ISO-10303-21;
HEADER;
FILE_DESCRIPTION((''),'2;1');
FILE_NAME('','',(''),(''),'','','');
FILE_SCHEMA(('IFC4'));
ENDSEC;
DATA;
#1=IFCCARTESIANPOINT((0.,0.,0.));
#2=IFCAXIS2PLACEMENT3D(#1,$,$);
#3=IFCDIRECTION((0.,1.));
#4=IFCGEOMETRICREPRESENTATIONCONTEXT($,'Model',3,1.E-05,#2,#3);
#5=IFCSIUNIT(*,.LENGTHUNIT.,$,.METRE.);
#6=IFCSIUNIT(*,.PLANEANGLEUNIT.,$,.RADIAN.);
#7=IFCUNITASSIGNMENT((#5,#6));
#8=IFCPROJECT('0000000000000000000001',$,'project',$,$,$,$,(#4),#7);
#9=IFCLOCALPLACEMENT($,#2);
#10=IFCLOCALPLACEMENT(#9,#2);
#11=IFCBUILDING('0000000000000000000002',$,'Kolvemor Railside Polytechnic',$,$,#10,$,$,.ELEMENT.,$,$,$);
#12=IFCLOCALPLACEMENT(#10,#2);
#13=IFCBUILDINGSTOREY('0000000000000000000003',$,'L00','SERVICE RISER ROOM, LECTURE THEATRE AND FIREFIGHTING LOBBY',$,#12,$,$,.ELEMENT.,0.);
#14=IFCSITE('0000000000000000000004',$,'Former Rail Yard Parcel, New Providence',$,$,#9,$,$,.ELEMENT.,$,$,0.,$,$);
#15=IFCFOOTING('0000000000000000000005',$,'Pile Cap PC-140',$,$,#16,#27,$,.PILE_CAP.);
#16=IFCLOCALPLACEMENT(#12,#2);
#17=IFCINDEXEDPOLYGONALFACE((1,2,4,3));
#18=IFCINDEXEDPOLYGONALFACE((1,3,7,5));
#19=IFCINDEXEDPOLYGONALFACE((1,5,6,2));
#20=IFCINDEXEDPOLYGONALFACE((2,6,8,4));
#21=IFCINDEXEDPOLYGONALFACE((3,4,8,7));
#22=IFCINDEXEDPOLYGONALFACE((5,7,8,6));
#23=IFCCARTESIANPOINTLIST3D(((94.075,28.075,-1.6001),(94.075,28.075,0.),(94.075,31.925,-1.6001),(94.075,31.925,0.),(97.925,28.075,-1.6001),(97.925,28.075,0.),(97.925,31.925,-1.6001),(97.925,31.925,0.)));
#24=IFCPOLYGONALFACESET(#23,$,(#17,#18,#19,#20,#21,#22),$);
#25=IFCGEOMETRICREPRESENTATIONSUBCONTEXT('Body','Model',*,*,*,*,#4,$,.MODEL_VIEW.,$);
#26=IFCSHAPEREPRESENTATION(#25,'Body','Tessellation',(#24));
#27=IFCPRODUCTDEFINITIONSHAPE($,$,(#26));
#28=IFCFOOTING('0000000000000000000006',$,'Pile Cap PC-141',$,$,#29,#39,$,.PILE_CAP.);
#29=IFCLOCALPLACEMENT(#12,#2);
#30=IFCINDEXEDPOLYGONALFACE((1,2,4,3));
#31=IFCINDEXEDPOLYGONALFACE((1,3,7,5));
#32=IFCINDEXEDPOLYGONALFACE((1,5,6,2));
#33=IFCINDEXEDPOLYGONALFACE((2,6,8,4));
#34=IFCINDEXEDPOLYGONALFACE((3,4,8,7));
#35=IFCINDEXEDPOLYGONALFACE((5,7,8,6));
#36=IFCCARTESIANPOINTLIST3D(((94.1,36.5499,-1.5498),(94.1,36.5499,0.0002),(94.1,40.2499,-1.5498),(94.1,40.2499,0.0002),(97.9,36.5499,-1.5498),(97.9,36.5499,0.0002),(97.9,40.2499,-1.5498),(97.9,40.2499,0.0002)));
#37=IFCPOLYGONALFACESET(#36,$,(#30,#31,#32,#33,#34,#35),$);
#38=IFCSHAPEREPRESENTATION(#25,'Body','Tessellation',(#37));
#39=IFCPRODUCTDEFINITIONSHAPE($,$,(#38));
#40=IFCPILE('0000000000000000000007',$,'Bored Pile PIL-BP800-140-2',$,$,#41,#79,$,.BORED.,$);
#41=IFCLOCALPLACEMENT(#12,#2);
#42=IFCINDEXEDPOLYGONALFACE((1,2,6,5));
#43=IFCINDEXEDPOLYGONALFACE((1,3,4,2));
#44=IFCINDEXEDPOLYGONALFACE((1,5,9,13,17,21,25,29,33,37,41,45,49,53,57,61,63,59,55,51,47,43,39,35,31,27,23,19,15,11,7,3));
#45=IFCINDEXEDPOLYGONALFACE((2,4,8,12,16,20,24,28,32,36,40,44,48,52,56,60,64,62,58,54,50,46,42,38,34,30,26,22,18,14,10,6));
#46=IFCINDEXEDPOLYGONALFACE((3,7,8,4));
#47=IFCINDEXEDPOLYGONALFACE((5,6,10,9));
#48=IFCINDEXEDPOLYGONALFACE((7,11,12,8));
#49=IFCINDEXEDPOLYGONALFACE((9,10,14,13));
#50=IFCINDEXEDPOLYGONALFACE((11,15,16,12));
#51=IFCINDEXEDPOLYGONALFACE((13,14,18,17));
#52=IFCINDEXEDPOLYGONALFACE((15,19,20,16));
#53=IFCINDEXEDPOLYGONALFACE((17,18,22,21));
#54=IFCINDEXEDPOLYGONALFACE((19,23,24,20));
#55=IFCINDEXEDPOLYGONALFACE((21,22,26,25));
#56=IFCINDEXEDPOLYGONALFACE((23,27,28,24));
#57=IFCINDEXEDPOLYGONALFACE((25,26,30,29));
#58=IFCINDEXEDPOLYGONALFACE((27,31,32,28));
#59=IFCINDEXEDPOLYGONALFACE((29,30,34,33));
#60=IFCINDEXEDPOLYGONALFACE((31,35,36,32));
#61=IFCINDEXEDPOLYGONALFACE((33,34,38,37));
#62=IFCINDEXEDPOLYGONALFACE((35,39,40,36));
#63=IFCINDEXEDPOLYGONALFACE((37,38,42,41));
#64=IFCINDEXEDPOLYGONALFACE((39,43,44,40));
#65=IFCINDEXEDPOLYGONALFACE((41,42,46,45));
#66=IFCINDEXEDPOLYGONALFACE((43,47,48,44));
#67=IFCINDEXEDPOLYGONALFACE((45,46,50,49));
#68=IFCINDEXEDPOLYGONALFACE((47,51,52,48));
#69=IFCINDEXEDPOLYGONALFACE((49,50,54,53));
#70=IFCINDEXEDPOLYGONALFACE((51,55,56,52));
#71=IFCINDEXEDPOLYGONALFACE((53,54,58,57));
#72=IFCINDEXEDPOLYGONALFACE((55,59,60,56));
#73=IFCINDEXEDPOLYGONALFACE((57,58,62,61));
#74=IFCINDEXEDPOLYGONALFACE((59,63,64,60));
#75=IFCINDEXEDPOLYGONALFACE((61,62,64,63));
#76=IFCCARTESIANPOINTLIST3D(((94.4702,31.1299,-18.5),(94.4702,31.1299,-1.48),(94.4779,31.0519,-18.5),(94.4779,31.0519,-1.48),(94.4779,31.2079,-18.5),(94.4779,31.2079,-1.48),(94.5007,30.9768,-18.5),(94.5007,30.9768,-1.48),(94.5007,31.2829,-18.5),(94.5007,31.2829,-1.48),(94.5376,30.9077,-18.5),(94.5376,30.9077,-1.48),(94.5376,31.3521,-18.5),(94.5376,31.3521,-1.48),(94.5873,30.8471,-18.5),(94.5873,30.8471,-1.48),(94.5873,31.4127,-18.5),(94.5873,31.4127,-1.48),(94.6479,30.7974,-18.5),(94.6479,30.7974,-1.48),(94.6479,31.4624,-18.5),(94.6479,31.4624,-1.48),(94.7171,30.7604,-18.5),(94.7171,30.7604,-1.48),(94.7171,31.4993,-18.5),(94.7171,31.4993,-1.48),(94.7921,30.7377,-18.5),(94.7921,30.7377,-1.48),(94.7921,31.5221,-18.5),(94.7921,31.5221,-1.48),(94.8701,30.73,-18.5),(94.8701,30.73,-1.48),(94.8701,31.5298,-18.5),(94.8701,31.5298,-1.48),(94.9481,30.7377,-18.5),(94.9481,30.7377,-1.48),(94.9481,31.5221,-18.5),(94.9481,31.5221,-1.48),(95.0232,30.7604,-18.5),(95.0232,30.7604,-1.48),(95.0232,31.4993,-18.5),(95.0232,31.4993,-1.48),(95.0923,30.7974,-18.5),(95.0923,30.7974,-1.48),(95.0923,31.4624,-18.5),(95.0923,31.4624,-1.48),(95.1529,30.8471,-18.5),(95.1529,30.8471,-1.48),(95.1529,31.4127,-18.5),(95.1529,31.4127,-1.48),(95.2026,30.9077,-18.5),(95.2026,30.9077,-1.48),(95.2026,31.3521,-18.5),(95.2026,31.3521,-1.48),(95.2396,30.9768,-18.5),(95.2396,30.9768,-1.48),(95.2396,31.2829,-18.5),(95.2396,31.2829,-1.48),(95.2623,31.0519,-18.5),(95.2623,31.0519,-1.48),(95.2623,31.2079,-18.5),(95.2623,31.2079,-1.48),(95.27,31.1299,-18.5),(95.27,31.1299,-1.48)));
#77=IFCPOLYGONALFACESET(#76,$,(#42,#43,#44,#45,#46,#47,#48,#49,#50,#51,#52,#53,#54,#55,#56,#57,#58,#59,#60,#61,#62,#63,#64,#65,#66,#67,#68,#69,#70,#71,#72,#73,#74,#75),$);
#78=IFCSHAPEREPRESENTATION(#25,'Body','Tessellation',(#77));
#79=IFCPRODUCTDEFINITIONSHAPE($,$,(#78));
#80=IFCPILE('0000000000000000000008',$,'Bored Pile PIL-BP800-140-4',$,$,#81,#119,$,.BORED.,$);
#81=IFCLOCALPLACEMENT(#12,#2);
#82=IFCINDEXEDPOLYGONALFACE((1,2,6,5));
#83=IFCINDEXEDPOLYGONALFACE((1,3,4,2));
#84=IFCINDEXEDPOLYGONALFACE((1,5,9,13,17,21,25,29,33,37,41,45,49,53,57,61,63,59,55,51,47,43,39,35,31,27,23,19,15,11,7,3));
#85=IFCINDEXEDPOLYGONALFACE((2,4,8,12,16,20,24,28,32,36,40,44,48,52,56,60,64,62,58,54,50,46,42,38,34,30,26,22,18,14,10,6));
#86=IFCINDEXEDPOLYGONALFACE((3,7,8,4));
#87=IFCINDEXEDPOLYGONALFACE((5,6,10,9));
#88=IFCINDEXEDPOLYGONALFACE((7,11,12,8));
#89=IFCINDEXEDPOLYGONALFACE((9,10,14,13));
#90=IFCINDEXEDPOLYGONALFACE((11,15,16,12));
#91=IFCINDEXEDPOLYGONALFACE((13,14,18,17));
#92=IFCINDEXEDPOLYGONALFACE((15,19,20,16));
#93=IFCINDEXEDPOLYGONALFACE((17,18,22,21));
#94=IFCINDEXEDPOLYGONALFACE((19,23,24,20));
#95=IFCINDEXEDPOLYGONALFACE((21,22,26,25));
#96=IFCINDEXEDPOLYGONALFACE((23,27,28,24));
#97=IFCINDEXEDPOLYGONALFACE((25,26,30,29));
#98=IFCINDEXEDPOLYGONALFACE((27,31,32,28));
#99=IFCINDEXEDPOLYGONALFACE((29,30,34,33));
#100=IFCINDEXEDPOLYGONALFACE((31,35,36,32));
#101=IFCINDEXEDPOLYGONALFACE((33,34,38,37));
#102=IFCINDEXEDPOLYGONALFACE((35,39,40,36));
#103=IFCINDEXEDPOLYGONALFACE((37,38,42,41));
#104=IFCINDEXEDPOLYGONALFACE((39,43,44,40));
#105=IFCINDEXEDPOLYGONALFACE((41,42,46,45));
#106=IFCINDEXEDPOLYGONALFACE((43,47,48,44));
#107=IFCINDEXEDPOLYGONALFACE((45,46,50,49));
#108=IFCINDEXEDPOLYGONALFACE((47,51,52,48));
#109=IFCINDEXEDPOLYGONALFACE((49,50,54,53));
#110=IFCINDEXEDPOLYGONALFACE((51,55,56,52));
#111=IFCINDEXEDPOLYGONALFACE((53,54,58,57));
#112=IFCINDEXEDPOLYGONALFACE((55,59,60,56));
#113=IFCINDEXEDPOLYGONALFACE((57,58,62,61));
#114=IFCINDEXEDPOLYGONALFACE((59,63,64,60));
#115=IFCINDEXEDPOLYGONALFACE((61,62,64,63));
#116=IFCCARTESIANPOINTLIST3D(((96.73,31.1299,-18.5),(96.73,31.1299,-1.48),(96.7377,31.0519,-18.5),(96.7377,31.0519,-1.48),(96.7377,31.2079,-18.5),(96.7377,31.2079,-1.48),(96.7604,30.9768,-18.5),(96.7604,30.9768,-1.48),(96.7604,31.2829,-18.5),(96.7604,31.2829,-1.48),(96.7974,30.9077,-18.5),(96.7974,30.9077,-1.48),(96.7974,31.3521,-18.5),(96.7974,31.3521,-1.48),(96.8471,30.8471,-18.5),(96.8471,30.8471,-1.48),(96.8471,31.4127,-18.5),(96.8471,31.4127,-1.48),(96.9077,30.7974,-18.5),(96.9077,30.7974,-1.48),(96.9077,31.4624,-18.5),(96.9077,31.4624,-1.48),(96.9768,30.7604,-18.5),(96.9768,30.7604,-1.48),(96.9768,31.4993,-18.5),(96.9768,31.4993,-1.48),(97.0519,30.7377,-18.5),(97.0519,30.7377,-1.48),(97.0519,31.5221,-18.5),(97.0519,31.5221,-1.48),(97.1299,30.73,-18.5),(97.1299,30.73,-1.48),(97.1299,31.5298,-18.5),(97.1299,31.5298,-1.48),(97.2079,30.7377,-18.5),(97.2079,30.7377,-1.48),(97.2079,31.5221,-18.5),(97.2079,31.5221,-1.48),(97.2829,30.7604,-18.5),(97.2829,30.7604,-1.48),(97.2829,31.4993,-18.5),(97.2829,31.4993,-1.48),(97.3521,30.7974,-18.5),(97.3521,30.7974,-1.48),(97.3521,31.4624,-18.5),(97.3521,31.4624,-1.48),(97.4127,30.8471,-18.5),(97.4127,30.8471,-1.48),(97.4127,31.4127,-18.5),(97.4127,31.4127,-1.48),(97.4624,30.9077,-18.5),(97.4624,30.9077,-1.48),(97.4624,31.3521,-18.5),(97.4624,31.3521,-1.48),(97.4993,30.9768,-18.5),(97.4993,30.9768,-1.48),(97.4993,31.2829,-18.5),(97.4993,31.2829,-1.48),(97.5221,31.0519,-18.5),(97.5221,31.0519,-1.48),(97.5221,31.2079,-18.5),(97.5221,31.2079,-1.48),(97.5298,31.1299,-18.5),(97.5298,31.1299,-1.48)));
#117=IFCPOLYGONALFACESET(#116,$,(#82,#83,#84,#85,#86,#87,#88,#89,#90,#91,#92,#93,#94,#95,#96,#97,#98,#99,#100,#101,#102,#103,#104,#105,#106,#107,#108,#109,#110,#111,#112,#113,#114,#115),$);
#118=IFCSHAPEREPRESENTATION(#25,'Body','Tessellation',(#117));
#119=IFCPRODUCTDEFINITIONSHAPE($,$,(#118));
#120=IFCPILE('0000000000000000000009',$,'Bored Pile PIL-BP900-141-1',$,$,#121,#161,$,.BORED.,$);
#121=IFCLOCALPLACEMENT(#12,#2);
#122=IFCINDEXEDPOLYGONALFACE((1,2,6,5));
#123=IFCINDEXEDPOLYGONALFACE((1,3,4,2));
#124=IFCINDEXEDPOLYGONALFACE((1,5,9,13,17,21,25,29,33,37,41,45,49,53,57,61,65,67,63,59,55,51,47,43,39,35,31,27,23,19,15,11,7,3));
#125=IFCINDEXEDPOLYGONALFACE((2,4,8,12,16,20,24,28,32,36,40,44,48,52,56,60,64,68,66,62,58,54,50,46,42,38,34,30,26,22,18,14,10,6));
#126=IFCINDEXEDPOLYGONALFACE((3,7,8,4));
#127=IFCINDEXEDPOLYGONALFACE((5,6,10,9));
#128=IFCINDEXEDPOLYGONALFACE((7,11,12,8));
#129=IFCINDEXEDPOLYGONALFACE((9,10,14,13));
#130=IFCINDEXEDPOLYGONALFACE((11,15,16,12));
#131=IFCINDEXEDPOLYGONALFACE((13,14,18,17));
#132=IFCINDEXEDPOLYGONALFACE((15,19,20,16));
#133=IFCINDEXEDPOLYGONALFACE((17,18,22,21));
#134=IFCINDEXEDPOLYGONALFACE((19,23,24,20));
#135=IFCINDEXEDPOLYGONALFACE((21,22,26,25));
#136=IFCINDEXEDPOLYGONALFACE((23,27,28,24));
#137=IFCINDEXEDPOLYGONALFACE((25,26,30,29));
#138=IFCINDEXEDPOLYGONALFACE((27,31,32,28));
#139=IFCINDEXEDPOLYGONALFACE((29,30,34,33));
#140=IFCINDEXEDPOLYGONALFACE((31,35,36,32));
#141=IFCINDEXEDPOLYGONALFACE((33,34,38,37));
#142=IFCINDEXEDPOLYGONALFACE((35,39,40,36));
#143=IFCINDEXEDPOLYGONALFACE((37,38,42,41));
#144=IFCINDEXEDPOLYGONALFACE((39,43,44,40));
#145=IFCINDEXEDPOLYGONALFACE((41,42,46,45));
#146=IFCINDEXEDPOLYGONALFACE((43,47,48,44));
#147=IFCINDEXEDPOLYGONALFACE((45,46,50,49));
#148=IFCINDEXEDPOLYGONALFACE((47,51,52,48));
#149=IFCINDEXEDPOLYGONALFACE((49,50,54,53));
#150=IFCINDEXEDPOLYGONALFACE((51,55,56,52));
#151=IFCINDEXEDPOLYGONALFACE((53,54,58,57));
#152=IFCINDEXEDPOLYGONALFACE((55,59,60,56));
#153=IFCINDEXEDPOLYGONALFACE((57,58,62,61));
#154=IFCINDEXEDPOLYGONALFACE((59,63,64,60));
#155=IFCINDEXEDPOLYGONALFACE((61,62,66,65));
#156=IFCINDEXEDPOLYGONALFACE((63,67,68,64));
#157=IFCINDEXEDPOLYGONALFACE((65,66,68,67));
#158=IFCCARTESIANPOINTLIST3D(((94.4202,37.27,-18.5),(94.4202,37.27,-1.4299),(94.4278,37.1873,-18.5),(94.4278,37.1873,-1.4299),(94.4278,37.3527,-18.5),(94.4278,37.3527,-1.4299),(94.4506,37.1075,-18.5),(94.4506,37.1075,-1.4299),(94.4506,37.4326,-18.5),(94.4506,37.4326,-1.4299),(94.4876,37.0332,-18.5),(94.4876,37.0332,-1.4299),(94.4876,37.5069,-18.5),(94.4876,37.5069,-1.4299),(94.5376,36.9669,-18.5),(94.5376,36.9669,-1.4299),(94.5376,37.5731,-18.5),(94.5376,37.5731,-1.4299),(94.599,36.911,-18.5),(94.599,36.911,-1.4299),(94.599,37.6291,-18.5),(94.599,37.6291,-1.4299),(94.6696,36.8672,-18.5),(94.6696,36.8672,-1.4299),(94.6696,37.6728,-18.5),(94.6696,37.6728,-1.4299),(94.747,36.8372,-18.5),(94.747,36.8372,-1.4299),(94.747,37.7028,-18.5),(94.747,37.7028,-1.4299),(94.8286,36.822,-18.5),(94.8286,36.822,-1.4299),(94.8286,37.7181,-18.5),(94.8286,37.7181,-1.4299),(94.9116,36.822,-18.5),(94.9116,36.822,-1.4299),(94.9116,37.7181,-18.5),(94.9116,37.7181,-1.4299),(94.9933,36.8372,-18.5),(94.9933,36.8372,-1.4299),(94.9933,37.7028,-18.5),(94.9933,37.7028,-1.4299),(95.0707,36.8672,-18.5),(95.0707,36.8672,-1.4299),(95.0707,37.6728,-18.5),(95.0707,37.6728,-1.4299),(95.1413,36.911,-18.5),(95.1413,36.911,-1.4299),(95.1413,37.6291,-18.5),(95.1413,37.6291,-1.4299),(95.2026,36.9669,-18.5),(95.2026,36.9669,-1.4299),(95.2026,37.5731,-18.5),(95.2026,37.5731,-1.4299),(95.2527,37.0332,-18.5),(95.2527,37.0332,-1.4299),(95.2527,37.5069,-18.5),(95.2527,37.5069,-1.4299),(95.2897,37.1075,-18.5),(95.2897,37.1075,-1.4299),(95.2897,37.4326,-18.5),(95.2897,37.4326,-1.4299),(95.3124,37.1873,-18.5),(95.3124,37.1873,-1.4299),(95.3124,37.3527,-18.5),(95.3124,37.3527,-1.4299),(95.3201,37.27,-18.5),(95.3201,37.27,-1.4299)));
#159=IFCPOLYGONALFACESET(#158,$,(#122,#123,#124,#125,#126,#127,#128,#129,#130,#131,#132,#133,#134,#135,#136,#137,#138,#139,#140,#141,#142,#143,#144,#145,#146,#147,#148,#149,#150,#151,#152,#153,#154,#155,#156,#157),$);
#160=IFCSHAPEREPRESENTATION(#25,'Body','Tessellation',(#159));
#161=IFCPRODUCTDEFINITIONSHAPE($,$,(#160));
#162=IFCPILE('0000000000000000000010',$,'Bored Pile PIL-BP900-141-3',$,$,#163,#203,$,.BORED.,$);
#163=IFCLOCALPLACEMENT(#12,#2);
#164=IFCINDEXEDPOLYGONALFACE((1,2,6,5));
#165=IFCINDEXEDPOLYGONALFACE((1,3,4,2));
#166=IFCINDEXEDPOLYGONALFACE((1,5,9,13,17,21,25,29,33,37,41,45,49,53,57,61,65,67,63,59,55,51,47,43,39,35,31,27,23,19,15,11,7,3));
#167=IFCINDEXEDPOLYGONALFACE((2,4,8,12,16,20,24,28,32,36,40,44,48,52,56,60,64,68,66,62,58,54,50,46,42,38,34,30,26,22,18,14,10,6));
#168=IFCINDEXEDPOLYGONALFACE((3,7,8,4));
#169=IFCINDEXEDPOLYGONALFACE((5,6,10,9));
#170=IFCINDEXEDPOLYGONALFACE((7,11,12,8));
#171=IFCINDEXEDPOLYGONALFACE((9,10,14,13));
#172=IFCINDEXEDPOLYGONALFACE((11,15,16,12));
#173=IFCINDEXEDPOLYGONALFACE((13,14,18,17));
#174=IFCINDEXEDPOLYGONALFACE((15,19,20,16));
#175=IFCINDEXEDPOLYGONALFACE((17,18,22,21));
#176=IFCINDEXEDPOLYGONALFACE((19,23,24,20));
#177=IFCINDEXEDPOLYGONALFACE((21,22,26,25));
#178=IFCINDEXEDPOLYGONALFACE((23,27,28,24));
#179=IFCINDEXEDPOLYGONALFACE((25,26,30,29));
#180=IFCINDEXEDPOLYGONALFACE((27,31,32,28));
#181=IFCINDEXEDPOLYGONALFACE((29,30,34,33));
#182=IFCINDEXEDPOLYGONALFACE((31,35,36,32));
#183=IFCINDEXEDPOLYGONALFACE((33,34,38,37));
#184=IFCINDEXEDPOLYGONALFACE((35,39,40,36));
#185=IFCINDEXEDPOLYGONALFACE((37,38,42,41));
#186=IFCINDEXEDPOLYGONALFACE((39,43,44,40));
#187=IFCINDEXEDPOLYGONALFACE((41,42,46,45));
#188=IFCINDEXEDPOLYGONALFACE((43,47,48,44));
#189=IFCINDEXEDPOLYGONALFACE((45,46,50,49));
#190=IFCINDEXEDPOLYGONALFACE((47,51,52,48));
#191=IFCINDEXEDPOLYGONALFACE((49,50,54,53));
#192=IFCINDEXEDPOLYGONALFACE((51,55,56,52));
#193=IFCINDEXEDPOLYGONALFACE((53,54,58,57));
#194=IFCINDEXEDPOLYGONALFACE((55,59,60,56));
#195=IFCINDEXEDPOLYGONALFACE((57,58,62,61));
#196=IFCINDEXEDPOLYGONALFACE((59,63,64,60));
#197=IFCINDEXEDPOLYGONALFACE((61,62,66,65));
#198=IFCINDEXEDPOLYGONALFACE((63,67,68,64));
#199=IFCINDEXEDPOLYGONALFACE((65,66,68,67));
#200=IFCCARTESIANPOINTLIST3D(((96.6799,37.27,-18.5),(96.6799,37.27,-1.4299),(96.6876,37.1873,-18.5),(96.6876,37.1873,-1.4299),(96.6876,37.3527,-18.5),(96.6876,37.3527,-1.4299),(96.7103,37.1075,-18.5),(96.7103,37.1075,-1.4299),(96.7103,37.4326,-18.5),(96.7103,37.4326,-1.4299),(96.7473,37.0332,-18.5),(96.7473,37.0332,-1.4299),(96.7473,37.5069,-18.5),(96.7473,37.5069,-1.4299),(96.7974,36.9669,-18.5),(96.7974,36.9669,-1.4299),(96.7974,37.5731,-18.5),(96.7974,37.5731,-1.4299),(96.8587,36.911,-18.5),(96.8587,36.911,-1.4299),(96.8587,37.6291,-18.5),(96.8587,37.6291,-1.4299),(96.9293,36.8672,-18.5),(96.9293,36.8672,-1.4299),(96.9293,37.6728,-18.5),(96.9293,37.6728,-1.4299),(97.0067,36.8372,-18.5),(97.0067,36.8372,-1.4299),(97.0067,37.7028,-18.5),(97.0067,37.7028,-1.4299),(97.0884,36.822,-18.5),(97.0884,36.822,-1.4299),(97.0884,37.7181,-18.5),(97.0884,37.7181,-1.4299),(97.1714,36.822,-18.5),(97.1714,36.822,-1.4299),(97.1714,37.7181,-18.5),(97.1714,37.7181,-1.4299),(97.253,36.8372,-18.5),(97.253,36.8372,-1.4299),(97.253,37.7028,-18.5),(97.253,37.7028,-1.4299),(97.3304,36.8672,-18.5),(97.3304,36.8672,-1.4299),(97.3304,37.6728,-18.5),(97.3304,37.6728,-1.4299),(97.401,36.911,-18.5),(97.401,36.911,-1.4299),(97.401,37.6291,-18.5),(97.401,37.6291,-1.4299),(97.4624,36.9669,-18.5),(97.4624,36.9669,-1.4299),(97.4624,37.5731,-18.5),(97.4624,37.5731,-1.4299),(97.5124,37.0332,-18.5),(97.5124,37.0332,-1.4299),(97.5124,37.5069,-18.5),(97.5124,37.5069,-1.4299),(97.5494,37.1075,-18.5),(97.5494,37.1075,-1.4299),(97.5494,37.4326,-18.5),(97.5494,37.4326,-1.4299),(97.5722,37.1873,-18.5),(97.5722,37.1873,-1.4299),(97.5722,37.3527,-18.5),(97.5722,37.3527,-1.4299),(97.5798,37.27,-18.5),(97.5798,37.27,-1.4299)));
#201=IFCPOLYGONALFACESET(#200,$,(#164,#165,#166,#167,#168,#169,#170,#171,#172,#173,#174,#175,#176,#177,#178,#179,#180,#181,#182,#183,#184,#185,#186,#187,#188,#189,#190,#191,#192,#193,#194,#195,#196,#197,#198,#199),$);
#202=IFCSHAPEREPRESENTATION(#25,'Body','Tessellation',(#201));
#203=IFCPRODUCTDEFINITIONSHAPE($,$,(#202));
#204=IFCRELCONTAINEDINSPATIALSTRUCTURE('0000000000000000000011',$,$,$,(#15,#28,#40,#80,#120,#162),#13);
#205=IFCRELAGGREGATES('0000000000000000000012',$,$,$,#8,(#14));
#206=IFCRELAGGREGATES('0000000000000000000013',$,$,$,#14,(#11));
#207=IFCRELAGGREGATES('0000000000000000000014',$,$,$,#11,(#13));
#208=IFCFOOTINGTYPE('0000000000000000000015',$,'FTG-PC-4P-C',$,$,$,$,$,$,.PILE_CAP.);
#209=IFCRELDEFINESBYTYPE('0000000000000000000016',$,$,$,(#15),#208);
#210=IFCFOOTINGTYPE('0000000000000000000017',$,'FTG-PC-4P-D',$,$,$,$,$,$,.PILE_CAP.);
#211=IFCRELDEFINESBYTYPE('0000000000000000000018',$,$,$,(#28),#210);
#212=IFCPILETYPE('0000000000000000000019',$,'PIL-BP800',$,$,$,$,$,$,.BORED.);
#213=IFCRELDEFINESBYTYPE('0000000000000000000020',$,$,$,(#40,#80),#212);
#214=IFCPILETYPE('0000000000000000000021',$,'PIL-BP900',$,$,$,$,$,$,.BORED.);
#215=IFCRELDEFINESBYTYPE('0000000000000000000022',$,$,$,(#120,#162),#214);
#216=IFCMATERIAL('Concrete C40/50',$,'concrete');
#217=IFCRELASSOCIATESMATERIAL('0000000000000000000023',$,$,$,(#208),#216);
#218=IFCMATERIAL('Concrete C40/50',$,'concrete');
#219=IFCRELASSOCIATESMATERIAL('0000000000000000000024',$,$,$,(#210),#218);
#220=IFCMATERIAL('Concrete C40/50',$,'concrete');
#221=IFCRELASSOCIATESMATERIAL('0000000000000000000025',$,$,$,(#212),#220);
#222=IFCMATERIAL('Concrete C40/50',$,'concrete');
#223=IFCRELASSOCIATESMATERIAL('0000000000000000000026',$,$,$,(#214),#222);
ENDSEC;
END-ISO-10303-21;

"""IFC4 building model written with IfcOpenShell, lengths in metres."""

from ifc_helpers import new_model, si_unit, direction, frame, origin, origin_2d, place, context, subcontext, project, spatial, rectangle, circle, extrude, material, material_profile, profile_set, type_object, element, save


model = new_model("IFC4")

# Units and contexts
model_context = context("Model", 3, precision=1e-05, world=origin(), true_north=direction((0.0, 1.0)))
body_context = subcontext(model_context, "Body", "Model", "MODEL_VIEW")
ifc_project = project(units=[si_unit("LENGTHUNIT", "METRE"), si_unit("PLANEANGLEUNIT", "RADIAN")], contexts=[model_context])

# Site, building, storey
site_placement = place(None, origin())
site = spatial("IfcSite", under=ifc_project, at=site_placement, Name="Former Rail Yard Parcel, New Providence", CompositionType="ELEMENT", RefElevation=0.0)
building_placement = place(site_placement, origin())
building = spatial("IfcBuilding", under=site, at=building_placement, Name="Kolvemor Railside Polytechnic", CompositionType="ELEMENT")
storey_placement = place(building_placement, origin())
storey = spatial("IfcBuildingStorey", under=building, at=storey_placement, Name="L00", Description="SERVICE RISER ROOM, LECTURE THEATRE AND FIREFIGHTING LOBBY", CompositionType="ELEMENT", Elevation=0.0)

# Footings
ifc_material_1 = material(Name="Concrete C40/50", Category="concrete")
footing_type_1 = type_object("IfcFootingType", Name="FTG-PC-4P-C", PredefinedType="PILE_CAP", material=ifc_material_1)
footing_1_placement = place(storey_placement, frame((96.0, 30.0, -1.6001), z_axis=(0.0, 0.0, 1.0), x_axis=(1.0, 0.0, 0.0)))
element("IfcFooting", 1, at=footing_1_placement, inside=storey, type_object=footing_type_1, Name="Pile Cap PC-140", PredefinedType="PILE_CAP", context=body_context, shape_type="SweptSolid", body=[
    extrude(rectangle(XDim=3.8501, YDim=3.8501, at=origin_2d()), origin(), (0.0, 0.0, 1.0), 1.6001),
])
ifc_material_2 = material(Name="Concrete C40/50", Category="concrete")
footing_type_2 = type_object("IfcFootingType", Name="FTG-PC-4P-D", PredefinedType="PILE_CAP", material=ifc_material_2)
footing_2_placement = place(storey_placement, frame((96.0, 38.3999, -1.5498), z_axis=(0.0, 0.0, 1.0), x_axis=(1.0, 0.0, 0.0)))
element("IfcFooting", 2, at=footing_2_placement, inside=storey, type_object=footing_type_2, Name="Pile Cap PC-141", PredefinedType="PILE_CAP", context=body_context, shape_type="SweptSolid", body=[
    extrude(rectangle(XDim=3.8, YDim=3.7, at=origin_2d()), origin(), (0.0, 0.0, 1.0), 1.55),
])

# Piles
ifc_material_3 = material(Name="Concrete C40/50", Category="concrete")
ifc_material_profile_1 = material_profile(ifc_material_3, circle(Radius=0.3999, at=origin_2d()), Name="BP800")
ifc_profile_set_1 = profile_set([ifc_material_profile_1], Name="Concrete C40/50")
pile_type_1 = type_object("IfcPileType", Name="PIL-BP800", PredefinedType="BORED", material=ifc_profile_set_1)
for number, where, z_axis, x_axis, name in (
    (3, (94.8701, 31.1299, -1.48), (0.0, 0.0, -1.0), (1.0, 0.0, 0.0), "Bored Pile PIL-BP800-140-2"),
    (4, (97.1299, 31.1299, -1.48), (0.0, 0.0, -1.0), (1.0, 0.0, 0.0), "Bored Pile PIL-BP800-140-4"),
):
    element("IfcPile", number, at=place(storey_placement, frame(where, z_axis=z_axis, x_axis=x_axis)), inside=storey, type_object=pile_type_1, Name=name, PredefinedType="BORED", context=body_context, shape_type="SweptSolid", body=[
        extrude(circle(Radius=0.3999, at=origin_2d()), origin(), (0.0, 0.0, 1.0), 17.02),
    ])
ifc_material_4 = material(Name="Concrete C40/50", Category="concrete")
ifc_material_profile_2 = material_profile(ifc_material_4, circle(Radius=0.45, at=origin_2d()), Name="BP900")
ifc_profile_set_2 = profile_set([ifc_material_profile_2], Name="Concrete C40/50")
pile_type_2 = type_object("IfcPileType", Name="PIL-BP900", PredefinedType="BORED", material=ifc_profile_set_2)
for number, where, z_axis, x_axis, name in (
    (5, (94.8701, 37.27, -1.4299), (0.0, 0.0, -1.0), (1.0, 0.0, 0.0), "Bored Pile PIL-BP900-141-1"),
    (6, (97.1299, 37.27, -1.4299), (0.0, 0.0, -1.0), (1.0, 0.0, 0.0), "Bored Pile PIL-BP900-141-3"),
):
    element("IfcPile", number, at=place(storey_placement, frame(where, z_axis=z_axis, x_axis=x_axis)), inside=storey, type_object=pile_type_2, Name=name, PredefinedType="BORED", context=body_context, shape_type="SweptSolid", body=[
        extrude(circle(Radius=0.45, at=origin_2d()), origin(), (0.0, 0.0, 1.0), 17.0701),
    ])

save(model, "model.ifc")
